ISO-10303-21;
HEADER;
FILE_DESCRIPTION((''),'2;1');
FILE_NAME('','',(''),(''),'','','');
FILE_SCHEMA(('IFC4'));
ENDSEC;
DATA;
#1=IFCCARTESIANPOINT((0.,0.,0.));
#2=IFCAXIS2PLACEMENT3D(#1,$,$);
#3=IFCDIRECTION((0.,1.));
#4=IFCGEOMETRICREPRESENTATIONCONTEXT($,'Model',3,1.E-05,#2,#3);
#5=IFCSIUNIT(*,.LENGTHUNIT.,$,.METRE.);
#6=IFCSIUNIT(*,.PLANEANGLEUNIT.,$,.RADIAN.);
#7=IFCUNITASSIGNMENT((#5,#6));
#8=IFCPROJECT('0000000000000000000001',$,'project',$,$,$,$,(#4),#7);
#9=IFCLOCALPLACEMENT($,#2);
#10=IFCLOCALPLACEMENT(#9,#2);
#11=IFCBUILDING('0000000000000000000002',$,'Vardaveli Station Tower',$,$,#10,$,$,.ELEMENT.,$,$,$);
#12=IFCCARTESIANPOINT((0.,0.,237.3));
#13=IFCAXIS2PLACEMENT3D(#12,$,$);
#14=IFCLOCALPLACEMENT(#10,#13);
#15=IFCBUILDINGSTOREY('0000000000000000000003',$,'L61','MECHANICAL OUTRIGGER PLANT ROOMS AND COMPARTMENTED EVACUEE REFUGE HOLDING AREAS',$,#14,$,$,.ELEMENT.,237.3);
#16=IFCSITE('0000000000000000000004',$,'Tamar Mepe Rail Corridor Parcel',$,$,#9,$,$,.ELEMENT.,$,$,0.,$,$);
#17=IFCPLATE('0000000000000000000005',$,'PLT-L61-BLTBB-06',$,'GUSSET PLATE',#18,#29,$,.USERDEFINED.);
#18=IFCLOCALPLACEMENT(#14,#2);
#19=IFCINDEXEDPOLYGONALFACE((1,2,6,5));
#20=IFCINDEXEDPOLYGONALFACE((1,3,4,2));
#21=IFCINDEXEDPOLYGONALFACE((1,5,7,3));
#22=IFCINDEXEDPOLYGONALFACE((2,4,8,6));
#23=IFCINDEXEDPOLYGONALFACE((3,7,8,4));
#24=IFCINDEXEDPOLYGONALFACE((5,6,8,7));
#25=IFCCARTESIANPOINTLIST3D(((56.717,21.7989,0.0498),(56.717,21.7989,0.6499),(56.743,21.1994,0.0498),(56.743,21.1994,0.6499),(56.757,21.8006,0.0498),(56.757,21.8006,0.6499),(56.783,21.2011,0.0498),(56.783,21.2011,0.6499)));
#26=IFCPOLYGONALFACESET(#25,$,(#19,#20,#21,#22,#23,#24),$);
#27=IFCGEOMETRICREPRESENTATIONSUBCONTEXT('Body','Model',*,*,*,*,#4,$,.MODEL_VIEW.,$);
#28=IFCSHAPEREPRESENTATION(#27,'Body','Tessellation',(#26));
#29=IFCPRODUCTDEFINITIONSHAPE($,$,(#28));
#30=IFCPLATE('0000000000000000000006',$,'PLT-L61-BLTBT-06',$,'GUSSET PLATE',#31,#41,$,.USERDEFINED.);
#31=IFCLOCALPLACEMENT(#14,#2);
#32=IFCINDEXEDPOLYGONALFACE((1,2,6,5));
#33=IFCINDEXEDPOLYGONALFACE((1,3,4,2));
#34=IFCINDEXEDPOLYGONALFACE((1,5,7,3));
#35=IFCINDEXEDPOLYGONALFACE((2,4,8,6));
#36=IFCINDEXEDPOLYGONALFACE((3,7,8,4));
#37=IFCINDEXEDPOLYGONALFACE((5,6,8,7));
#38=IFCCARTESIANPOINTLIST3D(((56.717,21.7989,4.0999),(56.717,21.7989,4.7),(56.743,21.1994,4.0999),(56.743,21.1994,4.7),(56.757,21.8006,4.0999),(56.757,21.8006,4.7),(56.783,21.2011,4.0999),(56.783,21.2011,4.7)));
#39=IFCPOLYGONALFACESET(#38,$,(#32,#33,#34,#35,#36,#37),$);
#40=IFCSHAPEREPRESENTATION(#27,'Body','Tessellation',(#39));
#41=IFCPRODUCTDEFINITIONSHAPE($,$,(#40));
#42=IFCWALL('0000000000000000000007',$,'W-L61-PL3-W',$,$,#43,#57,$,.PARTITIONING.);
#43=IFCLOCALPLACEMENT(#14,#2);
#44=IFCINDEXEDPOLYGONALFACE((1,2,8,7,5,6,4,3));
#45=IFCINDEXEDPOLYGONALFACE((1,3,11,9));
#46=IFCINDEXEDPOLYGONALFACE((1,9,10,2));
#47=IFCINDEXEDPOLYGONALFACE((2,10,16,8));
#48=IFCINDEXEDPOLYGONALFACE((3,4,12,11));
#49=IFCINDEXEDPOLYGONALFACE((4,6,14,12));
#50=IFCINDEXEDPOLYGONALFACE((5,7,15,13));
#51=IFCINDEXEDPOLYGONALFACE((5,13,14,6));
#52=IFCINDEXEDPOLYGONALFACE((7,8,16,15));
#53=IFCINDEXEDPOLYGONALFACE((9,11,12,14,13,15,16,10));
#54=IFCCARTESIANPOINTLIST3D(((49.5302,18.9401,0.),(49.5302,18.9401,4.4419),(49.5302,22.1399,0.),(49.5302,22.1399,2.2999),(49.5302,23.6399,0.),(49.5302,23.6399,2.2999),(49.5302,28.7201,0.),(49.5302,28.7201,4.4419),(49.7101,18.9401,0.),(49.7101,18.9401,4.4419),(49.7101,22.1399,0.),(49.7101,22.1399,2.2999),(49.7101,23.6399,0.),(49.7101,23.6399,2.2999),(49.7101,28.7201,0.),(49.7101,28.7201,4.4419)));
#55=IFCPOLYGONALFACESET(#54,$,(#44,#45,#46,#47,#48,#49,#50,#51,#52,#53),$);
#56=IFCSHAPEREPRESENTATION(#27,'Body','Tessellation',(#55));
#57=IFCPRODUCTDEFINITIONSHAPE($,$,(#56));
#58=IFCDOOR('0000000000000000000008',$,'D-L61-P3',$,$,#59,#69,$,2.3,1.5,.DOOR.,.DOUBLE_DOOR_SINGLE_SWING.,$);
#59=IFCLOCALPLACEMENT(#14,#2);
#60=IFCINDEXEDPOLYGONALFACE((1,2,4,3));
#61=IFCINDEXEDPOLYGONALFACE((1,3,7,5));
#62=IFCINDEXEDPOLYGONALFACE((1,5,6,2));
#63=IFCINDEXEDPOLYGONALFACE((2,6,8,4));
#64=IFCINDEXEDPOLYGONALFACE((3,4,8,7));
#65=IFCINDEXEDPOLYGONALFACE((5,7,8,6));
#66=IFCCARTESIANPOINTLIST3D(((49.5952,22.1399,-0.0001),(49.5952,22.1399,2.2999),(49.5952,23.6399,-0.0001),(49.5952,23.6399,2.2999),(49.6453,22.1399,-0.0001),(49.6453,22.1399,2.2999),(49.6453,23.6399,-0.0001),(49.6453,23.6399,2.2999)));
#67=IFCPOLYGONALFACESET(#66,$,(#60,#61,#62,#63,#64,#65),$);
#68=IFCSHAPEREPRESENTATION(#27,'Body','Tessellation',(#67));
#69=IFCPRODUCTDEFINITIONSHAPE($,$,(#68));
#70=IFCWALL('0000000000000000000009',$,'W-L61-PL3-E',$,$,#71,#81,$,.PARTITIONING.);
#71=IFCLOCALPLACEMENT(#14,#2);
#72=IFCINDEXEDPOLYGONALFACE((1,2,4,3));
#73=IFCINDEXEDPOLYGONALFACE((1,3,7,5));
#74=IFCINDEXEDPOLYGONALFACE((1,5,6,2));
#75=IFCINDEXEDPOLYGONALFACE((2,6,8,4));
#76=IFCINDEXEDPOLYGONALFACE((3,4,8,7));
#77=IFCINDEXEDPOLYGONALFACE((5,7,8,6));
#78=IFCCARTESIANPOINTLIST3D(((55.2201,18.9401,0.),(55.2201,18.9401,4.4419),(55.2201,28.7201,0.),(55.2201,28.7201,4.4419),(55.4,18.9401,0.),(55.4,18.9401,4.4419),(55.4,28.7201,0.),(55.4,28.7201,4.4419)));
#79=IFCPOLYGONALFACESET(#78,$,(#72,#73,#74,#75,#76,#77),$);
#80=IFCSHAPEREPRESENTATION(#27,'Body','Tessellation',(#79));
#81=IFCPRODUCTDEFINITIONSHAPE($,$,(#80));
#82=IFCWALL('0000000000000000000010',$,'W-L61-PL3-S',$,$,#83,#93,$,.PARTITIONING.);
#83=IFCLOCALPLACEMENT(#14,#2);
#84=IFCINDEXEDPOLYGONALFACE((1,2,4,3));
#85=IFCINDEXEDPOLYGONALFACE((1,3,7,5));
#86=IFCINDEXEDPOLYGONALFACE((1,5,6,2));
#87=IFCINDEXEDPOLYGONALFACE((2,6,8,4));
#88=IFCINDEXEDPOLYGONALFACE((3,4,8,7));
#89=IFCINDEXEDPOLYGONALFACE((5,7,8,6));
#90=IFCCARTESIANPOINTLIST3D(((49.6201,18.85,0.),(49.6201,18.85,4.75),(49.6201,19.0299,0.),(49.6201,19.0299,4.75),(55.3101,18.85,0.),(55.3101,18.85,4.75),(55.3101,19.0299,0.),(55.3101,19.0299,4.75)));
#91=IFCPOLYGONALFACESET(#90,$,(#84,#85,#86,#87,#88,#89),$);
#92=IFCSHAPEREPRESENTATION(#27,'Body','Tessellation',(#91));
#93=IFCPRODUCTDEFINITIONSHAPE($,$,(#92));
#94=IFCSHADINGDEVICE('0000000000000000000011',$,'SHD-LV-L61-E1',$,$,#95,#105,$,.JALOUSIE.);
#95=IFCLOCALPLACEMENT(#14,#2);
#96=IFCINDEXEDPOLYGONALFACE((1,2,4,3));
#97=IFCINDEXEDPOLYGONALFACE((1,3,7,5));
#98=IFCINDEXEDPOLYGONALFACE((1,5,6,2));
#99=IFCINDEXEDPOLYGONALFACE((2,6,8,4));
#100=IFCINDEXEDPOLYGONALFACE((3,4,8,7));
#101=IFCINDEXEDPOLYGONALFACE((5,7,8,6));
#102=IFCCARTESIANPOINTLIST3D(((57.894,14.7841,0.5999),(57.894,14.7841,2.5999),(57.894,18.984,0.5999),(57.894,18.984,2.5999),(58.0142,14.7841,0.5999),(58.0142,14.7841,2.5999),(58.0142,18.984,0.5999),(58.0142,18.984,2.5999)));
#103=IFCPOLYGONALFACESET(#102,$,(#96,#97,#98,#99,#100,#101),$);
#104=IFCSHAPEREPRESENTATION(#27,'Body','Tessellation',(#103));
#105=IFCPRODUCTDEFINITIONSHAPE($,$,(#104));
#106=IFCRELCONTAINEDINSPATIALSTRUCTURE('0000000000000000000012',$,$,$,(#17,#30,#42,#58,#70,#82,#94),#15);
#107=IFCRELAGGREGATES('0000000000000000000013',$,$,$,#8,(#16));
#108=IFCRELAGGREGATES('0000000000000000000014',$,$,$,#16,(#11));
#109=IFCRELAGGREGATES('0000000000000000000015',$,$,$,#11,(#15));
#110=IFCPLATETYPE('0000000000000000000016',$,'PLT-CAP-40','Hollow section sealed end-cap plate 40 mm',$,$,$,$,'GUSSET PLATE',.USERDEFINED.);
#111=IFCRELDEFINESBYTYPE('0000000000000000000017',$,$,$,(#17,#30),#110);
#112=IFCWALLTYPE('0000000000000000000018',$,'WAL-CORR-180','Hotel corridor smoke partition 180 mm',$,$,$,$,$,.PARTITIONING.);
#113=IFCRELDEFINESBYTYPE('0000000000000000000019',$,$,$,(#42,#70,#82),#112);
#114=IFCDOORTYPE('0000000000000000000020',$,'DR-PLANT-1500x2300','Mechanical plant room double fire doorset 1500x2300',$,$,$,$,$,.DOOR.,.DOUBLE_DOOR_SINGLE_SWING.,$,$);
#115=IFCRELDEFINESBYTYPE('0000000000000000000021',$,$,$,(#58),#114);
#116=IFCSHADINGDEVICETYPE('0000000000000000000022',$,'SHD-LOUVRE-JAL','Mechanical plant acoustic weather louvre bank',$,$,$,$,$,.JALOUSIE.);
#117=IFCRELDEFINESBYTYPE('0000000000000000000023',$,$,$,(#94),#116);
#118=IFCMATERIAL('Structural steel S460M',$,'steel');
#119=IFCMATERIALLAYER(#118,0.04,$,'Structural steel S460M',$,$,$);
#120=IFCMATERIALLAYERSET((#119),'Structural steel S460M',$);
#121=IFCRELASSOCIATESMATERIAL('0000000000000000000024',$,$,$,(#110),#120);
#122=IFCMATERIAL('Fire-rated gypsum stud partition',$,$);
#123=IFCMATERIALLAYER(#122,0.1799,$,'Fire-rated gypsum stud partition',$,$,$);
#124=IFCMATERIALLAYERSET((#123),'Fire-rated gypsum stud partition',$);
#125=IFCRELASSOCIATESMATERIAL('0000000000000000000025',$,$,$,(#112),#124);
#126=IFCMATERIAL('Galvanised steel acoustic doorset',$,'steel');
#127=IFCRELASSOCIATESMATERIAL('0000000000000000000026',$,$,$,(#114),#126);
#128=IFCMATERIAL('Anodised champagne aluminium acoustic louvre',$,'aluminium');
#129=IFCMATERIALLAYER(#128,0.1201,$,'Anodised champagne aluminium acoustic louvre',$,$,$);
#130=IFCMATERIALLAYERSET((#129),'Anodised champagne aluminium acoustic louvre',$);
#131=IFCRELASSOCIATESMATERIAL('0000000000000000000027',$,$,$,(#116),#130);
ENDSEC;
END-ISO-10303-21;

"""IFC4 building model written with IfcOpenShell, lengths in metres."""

from ifc_helpers import new_model, si_unit, direction, frame, frame_2d, origin, origin_2d, place, context, subcontext, project, spatial, rectangle, extrude, source, transform, mapped, material, layer, layer_set, type_object, element, fill, save


model = new_model("IFC4")

# Units and contexts
model_context = context("Model", 3, precision=1e-05, world=origin(), true_north=direction((0.0, 1.0)))
body_context = subcontext(model_context, "Body", "Model", "MODEL_VIEW")
ifc_project = project(units=[si_unit("LENGTHUNIT", "METRE"), si_unit("PLANEANGLEUNIT", "RADIAN")], contexts=[model_context])

# Site, building, storey
site_placement = place(None, origin())
site = spatial("IfcSite", under=ifc_project, at=site_placement, Name="Tamar Mepe Rail Corridor Parcel", CompositionType="ELEMENT", RefElevation=0.0)
building_placement = place(site_placement, origin())
building = spatial("IfcBuilding", under=site, at=building_placement, Name="Vardaveli Station Tower", CompositionType="ELEMENT")
storey_placement = place(building_placement, frame((0.0, 0.0, 237.3)))
storey = spatial("IfcBuildingStorey", under=building, at=storey_placement, Name="L61", Description="MECHANICAL OUTRIGGER PLANT ROOMS AND COMPARTMENTED EVACUEE REFUGE HOLDING AREAS", CompositionType="ELEMENT", Elevation=237.3)

# Shared definitions
ifc_material_1 = material(Name="Structural steel S460M", Category="steel")

# Plates
ifc_layer_1 = layer(ifc_material_1, 0.04, Name="Structural steel S460M")
ifc_layer_set_1 = layer_set([ifc_layer_1], Name="Structural steel S460M")
plate_type_1 = type_object("IfcPlateType", Name="PLT-CAP-40", Description="Hollow section sealed end-cap plate 40 mm", ElementType="GUSSET PLATE", PredefinedType="USERDEFINED", material=ifc_layer_set_1)
shared_shape_1 = source(origin(), body_context, "Body", "SweptSolid", [
    extrude(rectangle(XDim=0.6001, YDim=0.04, at=origin_2d()), origin(), (0.0, 0.0, 1.0), 0.6001),
])
for number, where, z_axis, x_axis, name in (
    (1, (56.75, 21.5, 0.0498), (0.0, 0.0, 1.0), (-0.043445, 0.999056, 0.0), "PLT-L61-BLTBB-06"),
    (2, (56.75, 21.5, 4.0999), (0.0, 0.0, 1.0), (-0.043445, 0.999056, 0.0), "PLT-L61-BLTBT-06"),
):
    element("IfcPlate", number, at=place(storey_placement, frame(where, z_axis=z_axis, x_axis=x_axis)), inside=storey, type_object=plate_type_1, Name=name, ObjectType="GUSSET PLATE", PredefinedType="USERDEFINED", context=body_context, shape_type="MappedRepresentation", body=[
        mapped(shared_shape_1, transform((0.0, 0.0, 0.0), scale=1.0)),
    ])

# Wall, opening, door
ifc_material_2 = material(Name="Fire-rated gypsum stud partition")
ifc_layer_2 = layer(ifc_material_2, 0.1799, Name="Fire-rated gypsum stud partition")
ifc_layer_set_2 = layer_set([ifc_layer_2], Name="Fire-rated gypsum stud partition")
wall_type = type_object("IfcWallType", Name="WAL-CORR-180", Description="Hotel corridor smoke partition 180 mm", PredefinedType="PARTITIONING", material=ifc_layer_set_2)
shared_shape_2 = source(origin(), body_context, "Body", "SweptSolid", [
    extrude(rectangle(XDim=9.78, YDim=0.1799, at=frame_2d((4.8901, 0.0))), origin(), (0.0, 0.0, 1.0), 4.4419),
])
wall_1_placement = place(storey_placement, frame((49.6201, 18.9399, 0.0), z_axis=(0.0, 0.0, 1.0), x_axis=(0.0, 1.0, 0.0)))
wall_1 = element("IfcWall", 3, at=wall_1_placement, inside=storey, type_object=wall_type, Name="W-L61-PL3-W", PredefinedType="PARTITIONING", context=body_context, shape_type="MappedRepresentation", body=[
    mapped(shared_shape_2, transform((0.0, 0.0, 0.0), scale=1.0)),
])
shared_shape_3 = source(origin(), body_context, "Body", "SweptSolid", [
    extrude(rectangle(XDim=1.5, YDim=2.3, at=frame_2d((0.75, 1.1499))), frame((0.0, 0.1001, 0.0), z_axis=(0.0, -1.0, 0.0), x_axis=(1.0, 0.0, 0.0)), (0.0, 0.0, 1.0), 0.2),
])
opening_placement = place(wall_1_placement, frame((3.2, 0.0, 0.0)))
opening = element("IfcOpeningElement", 4, at=opening_placement, cuts=wall_1, PredefinedType="OPENING", context=body_context, shape_type="MappedRepresentation", body=[
    mapped(shared_shape_3, transform((0.0, 0.0, 0.0), scale=1.0)),
])
ifc_material_3 = material(Name="Galvanised steel acoustic doorset", Category="steel")
door_type = type_object("IfcDoorType", Name="DR-PLANT-1500x2300", Description="Mechanical plant room double fire doorset 1500x2300", OperationType="DOUBLE_DOOR_SINGLE_SWING", PredefinedType="DOOR", material=ifc_material_3)
shared_shape_4 = source(origin(), body_context, "Body", "SweptSolid", [
    extrude(rectangle(XDim=1.5, YDim=2.3, at=frame_2d((0.75, 1.1499))), frame((0.0, 0.0249, 0.0), z_axis=(0.0, -1.0, 0.0), x_axis=(1.0, 0.0, 0.0)), (0.0, 0.0, 1.0), 0.05),
])
door_placement = place(opening_placement, origin())
door = element("IfcDoor", 5, at=door_placement, inside=storey, type_object=door_type, Name="D-L61-P3", OperationType="DOUBLE_DOOR_SINGLE_SWING", OverallHeight=2.3, OverallWidth=1.5, PredefinedType="DOOR", context=body_context, shape_type="MappedRepresentation", body=[
    mapped(shared_shape_4, transform((0.0, 0.0, 0.0), scale=1.0)),
])
fill(opening, door)

# Walls
wall_2_placement = place(storey_placement, frame((55.3101, 18.9399, 0.0), z_axis=(0.0, 0.0, 1.0), x_axis=(0.0, 1.0, 0.0)))
element("IfcWall", 6, at=wall_2_placement, inside=storey, type_object=wall_type, Name="W-L61-PL3-E", PredefinedType="PARTITIONING", context=body_context, shape_type="MappedRepresentation", body=[
    mapped(shared_shape_2, transform((0.0, 0.0, 0.0), scale=1.0)),
])
shared_shape_5 = source(origin(), body_context, "Body", "SweptSolid", [
    extrude(rectangle(XDim=5.6899, YDim=0.1799, at=frame_2d((2.845, 0.0))), origin(), (0.0, 0.0, 1.0), 4.75),
])
wall_3_placement = place(storey_placement, frame((49.6201, 18.9399, 0.0), z_axis=(0.0, 0.0, 1.0), x_axis=(1.0, 0.0, 0.0)))
element("IfcWall", 7, at=wall_3_placement, inside=storey, type_object=wall_type, Name="W-L61-PL3-S", PredefinedType="PARTITIONING", context=body_context, shape_type="MappedRepresentation", body=[
    mapped(shared_shape_5, transform((0.0, 0.0, 0.0), scale=1.0)),
])

# Shading device
ifc_material_4 = material(Name="Anodised champagne aluminium acoustic louvre", Category="aluminium")
ifc_layer_3 = layer(ifc_material_4, 0.1201, Name="Anodised champagne aluminium acoustic louvre")
ifc_layer_set_3 = layer_set([ifc_layer_3], Name="Anodised champagne aluminium acoustic louvre")
shading_device_type = type_object("IfcShadingDeviceType", Name="SHD-LOUVRE-JAL", Description="Mechanical plant acoustic weather louvre bank", PredefinedType="JALOUSIE", material=ifc_layer_set_3)
shared_shape_6 = source(origin(), body_context, "Body", "SweptSolid", [
    extrude(rectangle(XDim=4.2, YDim=0.1201, at=origin_2d()), origin(), (0.0, 0.0, 1.0), 2.0),
])
shading_device_placement = place(storey_placement, frame((57.9541, 16.884, 0.5999), z_axis=(0.0, 0.0, 1.0), x_axis=(0.0, 1.0, 0.0)))
element("IfcShadingDevice", 8, at=shading_device_placement, inside=storey, type_object=shading_device_type, Name="SHD-LV-L61-E1", PredefinedType="JALOUSIE", context=body_context, shape_type="MappedRepresentation", body=[
    mapped(shared_shape_6, transform((0.0, 0.0, 0.0), scale=1.0)),
])

save(model, "model.ifc")
